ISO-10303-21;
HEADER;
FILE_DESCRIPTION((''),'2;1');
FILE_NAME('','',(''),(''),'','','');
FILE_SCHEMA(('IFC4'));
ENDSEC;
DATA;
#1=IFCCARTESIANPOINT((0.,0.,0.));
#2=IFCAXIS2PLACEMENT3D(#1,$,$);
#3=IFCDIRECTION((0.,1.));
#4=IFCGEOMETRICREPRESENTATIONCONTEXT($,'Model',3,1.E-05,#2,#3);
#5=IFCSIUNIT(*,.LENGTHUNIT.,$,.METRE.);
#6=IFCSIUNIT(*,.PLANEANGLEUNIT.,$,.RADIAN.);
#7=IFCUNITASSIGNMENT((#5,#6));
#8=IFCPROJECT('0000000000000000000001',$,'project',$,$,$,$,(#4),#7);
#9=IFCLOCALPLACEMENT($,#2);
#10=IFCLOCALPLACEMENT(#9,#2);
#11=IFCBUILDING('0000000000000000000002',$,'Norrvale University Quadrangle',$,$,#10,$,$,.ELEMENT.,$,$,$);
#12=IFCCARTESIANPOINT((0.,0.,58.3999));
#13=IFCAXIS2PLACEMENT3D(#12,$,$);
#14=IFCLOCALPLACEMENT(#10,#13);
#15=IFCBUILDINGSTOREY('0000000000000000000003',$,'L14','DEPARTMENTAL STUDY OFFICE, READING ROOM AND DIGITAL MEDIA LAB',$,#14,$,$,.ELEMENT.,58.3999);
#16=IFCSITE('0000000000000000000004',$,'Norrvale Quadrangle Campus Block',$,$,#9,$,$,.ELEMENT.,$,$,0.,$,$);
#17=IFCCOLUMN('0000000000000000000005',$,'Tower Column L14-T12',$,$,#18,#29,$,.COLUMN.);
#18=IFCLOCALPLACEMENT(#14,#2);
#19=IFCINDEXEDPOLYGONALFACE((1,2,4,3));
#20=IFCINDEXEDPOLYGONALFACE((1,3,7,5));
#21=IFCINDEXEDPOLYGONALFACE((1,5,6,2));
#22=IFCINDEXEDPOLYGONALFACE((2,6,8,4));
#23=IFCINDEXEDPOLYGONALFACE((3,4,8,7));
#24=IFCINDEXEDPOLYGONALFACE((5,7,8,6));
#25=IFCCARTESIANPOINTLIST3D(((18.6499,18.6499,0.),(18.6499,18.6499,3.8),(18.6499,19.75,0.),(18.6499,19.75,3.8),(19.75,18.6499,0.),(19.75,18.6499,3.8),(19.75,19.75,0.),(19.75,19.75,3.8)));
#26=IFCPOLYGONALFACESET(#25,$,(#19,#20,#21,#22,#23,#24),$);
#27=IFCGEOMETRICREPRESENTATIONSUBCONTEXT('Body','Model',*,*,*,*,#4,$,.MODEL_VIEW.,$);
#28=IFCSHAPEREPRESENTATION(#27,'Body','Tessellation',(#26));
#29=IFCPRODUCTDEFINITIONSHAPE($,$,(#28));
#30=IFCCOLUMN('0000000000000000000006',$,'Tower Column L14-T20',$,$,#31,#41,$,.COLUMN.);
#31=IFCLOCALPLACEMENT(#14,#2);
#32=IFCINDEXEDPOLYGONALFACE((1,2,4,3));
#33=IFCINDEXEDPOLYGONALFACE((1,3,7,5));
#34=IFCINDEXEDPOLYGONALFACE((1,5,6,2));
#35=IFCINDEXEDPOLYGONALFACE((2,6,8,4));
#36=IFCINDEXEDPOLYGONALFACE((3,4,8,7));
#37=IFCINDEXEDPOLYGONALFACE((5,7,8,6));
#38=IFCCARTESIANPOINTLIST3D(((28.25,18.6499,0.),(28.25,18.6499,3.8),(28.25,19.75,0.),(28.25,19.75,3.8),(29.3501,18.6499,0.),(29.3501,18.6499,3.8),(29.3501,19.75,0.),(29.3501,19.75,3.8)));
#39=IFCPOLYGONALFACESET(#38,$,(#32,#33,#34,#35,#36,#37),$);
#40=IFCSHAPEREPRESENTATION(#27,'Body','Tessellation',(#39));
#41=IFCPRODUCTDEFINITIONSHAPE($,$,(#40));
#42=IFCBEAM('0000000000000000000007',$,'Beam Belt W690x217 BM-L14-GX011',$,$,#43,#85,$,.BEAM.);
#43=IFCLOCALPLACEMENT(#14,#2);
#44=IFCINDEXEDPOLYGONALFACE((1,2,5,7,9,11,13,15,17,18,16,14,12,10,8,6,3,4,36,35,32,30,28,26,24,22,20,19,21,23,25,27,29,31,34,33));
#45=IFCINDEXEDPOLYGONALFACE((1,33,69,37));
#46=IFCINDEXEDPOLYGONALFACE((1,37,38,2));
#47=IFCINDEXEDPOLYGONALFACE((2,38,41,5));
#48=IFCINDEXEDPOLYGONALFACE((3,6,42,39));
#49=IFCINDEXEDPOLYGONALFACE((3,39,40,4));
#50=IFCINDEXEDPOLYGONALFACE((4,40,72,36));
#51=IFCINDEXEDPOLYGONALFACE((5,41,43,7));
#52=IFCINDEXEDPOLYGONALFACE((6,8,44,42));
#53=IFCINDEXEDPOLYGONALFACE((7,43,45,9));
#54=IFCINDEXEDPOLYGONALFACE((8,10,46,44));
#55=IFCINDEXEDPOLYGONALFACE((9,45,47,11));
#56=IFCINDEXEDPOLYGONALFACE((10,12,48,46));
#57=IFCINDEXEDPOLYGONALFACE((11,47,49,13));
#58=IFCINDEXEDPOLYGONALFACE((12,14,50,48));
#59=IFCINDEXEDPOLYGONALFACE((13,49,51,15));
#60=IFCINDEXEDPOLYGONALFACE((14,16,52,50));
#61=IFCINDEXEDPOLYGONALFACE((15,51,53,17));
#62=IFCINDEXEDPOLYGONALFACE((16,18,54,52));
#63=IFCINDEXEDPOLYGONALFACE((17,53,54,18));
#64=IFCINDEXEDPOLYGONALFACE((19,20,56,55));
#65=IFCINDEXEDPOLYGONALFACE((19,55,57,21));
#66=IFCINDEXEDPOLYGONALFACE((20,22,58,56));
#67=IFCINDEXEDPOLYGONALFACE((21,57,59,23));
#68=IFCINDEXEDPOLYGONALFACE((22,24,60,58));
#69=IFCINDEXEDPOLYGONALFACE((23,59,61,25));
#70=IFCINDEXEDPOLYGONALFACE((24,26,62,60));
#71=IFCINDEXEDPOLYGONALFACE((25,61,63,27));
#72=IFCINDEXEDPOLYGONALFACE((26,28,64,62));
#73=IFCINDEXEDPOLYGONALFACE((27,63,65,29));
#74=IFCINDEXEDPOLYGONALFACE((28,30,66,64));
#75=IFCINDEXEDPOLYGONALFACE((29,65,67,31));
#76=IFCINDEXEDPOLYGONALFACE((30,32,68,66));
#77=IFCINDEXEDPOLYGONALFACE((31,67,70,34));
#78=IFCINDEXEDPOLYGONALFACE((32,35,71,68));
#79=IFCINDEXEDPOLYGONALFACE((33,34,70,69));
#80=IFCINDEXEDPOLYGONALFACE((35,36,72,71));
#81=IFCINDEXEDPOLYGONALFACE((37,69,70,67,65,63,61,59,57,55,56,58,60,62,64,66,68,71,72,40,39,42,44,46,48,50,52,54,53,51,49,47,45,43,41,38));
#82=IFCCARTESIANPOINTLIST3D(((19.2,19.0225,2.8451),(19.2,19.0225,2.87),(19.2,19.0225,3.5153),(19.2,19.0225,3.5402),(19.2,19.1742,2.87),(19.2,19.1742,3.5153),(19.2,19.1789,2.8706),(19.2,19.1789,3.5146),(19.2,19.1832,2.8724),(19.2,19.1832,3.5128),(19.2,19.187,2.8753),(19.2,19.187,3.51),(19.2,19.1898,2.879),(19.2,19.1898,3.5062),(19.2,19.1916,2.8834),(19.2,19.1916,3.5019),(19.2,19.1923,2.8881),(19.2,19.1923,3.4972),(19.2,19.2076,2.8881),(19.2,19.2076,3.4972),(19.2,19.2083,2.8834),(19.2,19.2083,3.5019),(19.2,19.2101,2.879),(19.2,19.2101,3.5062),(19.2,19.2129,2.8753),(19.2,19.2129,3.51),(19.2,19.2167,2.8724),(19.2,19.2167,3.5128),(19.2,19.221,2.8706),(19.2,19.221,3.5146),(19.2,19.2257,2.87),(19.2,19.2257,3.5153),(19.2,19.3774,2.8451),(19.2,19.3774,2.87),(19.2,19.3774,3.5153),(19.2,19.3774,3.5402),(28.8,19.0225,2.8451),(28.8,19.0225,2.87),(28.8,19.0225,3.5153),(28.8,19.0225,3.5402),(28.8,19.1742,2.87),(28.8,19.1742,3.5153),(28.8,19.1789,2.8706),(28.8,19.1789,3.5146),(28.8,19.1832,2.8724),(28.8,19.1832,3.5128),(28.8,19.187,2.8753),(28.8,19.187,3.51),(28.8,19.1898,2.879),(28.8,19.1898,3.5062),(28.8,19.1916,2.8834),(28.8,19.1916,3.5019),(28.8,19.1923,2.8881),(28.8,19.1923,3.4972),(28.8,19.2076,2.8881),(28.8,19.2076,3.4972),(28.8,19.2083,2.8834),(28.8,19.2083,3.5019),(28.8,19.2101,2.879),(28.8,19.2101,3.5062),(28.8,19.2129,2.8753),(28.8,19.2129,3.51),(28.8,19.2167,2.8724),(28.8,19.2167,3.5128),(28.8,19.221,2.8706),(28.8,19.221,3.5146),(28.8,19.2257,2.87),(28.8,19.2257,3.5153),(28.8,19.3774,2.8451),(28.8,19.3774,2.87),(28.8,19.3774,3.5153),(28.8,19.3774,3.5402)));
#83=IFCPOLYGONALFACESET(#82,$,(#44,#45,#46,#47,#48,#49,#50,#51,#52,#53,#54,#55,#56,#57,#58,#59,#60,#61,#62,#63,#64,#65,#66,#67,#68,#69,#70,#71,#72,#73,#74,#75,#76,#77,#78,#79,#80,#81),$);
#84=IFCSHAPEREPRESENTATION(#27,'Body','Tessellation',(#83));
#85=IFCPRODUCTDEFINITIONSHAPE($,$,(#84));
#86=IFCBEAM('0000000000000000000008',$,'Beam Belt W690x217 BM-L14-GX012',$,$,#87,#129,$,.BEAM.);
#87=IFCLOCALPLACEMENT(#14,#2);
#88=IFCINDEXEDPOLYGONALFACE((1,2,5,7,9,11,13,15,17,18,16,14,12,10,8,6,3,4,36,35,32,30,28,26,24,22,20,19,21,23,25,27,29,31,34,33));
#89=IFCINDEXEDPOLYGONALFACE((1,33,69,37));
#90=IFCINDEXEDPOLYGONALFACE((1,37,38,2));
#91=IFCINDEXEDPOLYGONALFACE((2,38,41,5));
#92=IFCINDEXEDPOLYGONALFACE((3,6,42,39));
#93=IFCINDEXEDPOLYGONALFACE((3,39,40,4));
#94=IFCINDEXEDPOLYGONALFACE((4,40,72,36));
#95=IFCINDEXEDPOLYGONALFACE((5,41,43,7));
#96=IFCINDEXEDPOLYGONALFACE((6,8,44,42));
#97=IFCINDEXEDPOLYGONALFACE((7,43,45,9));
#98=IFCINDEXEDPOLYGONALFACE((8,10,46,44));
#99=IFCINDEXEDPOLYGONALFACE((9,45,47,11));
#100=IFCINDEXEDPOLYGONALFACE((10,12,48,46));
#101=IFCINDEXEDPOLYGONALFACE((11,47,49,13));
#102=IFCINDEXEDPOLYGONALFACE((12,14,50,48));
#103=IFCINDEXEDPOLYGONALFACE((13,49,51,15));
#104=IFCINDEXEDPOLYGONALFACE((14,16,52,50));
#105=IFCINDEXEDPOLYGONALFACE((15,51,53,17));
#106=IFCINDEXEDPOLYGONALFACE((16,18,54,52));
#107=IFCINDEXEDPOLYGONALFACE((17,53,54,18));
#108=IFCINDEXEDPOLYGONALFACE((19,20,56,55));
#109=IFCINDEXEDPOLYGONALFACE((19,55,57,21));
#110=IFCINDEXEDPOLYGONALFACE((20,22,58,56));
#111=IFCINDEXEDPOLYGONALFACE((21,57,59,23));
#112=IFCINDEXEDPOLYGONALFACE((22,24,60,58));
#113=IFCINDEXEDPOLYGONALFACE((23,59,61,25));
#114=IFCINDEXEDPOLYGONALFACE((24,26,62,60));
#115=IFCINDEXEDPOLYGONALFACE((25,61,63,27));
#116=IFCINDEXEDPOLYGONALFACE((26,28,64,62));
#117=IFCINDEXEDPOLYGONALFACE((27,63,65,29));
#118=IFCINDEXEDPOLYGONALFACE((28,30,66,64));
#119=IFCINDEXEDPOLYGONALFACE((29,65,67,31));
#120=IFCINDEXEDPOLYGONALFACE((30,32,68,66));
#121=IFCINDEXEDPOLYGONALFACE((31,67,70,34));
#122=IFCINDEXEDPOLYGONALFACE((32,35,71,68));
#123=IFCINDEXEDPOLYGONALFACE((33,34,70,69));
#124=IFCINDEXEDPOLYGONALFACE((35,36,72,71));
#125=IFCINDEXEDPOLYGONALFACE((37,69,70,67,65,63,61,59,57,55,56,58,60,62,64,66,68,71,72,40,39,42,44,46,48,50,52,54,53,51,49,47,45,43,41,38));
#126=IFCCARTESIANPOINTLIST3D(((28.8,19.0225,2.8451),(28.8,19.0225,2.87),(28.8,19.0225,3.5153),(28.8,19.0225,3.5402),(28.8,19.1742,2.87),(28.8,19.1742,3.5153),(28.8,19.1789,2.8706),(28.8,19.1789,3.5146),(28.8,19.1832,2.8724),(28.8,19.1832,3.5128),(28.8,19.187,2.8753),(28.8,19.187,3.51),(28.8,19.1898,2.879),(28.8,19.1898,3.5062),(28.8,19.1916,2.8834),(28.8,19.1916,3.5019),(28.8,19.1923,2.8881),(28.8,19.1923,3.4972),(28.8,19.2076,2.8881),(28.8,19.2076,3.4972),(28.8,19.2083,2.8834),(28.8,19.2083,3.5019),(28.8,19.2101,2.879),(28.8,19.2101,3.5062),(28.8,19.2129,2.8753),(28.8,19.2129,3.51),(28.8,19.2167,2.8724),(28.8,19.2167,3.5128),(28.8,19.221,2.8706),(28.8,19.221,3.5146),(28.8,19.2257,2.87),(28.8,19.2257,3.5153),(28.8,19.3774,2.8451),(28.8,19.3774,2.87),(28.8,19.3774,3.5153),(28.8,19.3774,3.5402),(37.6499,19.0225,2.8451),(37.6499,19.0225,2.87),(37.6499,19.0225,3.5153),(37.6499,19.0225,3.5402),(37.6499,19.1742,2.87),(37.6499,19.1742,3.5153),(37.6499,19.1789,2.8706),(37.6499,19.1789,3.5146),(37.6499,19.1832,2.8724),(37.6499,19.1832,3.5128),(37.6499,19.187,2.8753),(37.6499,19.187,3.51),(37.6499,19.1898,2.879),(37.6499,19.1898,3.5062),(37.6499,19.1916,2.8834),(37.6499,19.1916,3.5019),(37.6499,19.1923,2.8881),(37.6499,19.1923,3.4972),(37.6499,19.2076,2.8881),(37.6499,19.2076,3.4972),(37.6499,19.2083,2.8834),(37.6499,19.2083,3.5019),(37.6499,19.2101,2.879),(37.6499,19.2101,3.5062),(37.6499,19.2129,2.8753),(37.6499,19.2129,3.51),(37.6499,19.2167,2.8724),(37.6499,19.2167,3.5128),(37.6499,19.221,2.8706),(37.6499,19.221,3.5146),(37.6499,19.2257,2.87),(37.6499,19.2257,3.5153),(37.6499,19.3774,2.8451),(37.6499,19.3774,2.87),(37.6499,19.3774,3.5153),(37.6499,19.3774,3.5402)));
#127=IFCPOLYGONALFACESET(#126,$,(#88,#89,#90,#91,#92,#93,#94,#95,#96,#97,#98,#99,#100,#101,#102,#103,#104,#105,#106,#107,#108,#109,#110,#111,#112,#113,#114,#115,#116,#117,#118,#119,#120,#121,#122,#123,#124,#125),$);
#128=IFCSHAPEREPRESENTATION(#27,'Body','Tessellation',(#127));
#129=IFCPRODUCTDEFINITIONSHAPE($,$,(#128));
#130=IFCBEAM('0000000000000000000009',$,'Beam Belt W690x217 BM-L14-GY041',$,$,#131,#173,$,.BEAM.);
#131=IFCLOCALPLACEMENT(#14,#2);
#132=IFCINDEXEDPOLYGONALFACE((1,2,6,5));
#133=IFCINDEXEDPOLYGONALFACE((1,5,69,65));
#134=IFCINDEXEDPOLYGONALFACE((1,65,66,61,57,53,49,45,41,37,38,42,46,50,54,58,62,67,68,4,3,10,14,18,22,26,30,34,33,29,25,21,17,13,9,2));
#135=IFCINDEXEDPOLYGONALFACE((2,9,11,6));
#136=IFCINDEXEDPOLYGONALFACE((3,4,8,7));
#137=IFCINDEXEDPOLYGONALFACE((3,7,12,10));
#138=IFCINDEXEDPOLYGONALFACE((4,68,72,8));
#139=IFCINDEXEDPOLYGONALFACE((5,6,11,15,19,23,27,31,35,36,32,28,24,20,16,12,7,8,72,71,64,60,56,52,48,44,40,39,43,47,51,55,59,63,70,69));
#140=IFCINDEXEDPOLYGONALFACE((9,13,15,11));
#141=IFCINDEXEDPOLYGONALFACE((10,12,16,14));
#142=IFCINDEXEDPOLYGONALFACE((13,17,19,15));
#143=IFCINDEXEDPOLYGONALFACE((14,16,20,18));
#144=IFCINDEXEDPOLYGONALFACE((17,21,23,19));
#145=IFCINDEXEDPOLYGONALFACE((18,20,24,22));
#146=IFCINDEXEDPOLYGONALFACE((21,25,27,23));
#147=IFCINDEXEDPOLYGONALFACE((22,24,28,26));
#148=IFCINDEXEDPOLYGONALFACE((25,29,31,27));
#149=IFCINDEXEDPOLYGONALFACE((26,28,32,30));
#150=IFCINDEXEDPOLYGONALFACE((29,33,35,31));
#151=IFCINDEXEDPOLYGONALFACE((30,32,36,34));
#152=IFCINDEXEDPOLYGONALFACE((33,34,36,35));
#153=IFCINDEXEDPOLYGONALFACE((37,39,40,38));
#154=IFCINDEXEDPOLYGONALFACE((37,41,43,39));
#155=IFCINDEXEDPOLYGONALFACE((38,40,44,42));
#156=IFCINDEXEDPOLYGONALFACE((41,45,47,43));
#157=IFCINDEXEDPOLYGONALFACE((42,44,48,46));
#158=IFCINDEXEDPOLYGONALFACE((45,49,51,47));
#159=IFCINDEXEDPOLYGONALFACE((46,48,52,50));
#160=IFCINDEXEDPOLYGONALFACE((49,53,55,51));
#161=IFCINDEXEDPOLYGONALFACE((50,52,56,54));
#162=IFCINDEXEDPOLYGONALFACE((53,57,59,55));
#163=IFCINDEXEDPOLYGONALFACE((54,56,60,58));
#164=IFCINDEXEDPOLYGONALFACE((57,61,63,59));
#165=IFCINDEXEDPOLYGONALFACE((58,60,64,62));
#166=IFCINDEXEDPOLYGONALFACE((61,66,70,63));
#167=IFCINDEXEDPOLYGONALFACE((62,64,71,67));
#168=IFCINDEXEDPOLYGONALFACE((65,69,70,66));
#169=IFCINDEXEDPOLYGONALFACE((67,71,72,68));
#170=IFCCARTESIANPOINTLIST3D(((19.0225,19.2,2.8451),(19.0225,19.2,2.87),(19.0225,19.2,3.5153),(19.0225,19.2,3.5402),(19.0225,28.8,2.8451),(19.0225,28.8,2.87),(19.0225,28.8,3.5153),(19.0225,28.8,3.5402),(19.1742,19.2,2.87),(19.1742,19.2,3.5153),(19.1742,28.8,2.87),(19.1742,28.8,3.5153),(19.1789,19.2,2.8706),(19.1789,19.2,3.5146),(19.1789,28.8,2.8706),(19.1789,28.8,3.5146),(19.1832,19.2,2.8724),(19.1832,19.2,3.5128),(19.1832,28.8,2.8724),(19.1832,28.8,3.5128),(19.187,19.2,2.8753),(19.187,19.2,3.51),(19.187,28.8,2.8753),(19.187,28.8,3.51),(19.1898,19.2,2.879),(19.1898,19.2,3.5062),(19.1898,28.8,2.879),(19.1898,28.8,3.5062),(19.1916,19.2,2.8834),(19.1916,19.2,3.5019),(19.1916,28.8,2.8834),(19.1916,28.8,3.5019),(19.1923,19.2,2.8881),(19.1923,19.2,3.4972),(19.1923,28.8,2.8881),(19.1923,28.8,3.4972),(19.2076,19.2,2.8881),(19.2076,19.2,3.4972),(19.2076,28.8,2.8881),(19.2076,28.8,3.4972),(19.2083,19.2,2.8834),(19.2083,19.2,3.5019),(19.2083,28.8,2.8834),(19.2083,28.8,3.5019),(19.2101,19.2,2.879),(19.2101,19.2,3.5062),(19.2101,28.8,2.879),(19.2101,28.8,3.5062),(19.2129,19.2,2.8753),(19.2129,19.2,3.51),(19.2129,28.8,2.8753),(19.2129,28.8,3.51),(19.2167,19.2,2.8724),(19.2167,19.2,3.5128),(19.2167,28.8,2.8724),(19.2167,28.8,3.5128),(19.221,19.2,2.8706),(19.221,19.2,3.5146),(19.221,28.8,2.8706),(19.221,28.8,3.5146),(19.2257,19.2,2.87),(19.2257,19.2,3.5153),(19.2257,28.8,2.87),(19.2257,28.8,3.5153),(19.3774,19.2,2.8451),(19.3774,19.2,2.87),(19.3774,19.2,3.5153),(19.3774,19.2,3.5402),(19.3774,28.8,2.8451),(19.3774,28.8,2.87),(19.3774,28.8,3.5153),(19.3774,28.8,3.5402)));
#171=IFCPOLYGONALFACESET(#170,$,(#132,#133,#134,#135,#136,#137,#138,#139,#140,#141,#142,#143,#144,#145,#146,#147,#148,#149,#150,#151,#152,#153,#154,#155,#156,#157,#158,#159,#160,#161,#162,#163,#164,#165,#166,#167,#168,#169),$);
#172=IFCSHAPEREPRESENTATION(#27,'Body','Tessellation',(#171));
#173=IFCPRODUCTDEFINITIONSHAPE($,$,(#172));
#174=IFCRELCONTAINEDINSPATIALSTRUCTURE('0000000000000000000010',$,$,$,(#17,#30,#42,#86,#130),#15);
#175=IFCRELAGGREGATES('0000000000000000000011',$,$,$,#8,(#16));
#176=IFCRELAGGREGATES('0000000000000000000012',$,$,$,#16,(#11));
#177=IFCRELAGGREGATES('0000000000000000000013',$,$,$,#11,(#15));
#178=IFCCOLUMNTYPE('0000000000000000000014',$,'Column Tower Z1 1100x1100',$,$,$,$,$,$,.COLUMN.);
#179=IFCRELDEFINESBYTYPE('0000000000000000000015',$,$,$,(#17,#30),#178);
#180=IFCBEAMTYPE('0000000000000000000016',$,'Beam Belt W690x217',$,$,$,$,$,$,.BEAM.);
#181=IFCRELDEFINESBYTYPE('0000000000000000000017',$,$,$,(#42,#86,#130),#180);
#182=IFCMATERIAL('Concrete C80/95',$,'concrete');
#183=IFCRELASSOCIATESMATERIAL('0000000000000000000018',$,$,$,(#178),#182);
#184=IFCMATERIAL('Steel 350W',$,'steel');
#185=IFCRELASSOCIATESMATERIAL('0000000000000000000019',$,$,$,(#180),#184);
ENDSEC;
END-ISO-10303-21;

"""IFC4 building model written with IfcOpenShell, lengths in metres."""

from ifc_helpers import new_model, si_unit, direction, frame, origin, origin_2d, place, context, subcontext, project, spatial, rectangle, i_section, extrude, material, material_profile, profile_set, type_object, element, save


model = new_model("IFC4")

# Units and contexts
model_context = context("Model", 3, precision=1e-05, world=origin(), true_north=direction((0.0, 1.0)))
body_context = subcontext(model_context, "Body", "Model", "MODEL_VIEW")
ifc_project = project(units=[si_unit("LENGTHUNIT", "METRE"), si_unit("PLANEANGLEUNIT", "RADIAN")], contexts=[model_context])

# Site, building, storey
site_placement = place(None, origin())
site = spatial("IfcSite", under=ifc_project, at=site_placement, Name="Norrvale Quadrangle Campus Block", CompositionType="ELEMENT", RefElevation=0.0)
building_placement = place(site_placement, origin())
building = spatial("IfcBuilding", under=site, at=building_placement, Name="Norrvale University Quadrangle", CompositionType="ELEMENT")
storey_placement = place(building_placement, frame((0.0, 0.0, 58.3999)))
storey = spatial("IfcBuildingStorey", under=building, at=storey_placement, Name="L14", Description="DEPARTMENTAL STUDY OFFICE, READING ROOM AND DIGITAL MEDIA LAB", CompositionType="ELEMENT", Elevation=58.3999)

# Columns
ifc_material_1 = material(Name="Concrete C80/95", Category="concrete")
ifc_material_profile_1 = material_profile(ifc_material_1, rectangle(XDim=1.1001, YDim=1.1001, at=origin_2d()), Name="Concrete C80/95")
ifc_profile_set_1 = profile_set([ifc_material_profile_1], Name="Concrete C80/95")
column_type = type_object("IfcColumnType", Name="Column Tower Z1 1100x1100", PredefinedType="COLUMN", material=ifc_profile_set_1)
for number, where, z_axis, x_axis, name in (
    (1, (19.2, 19.2, 0.0), (0.0, 0.0, 1.0), (1.0, 0.0, 0.0), "Tower Column L14-T12"),
    (2, (28.8, 19.2, 0.0), (0.0, 0.0, 1.0), (1.0, 0.0, 0.0), "Tower Column L14-T20"),
):
    element("IfcColumn", number, at=place(storey_placement, frame(where, z_axis=z_axis, x_axis=x_axis)), inside=storey, type_object=column_type, Name=name, PredefinedType="COLUMN", context=body_context, shape_type="SweptSolid", body=[
        extrude(rectangle(XDim=1.1001, YDim=1.1001, at=origin_2d()), origin(), (0.0, 0.0, 1.0), 3.8),
    ])

# Beams
ifc_material_2 = material(Name="Steel 350W", Category="steel")
ifc_material_profile_2 = material_profile(ifc_material_2, i_section(OverallWidth=0.355, OverallDepth=0.6951, WebThickness=0.0154, FlangeThickness=0.0249, FilletRadius=0.0181, at=origin_2d()), Name="Steel 350W")
ifc_profile_set_2 = profile_set([ifc_material_profile_2], Name="Steel 350W")
beam_type_1 = type_object("IfcBeamType", Name="Beam Belt W690x217", PredefinedType="BEAM", material=ifc_profile_set_2)
beam_1_placement = place(storey_placement, frame((19.2, 19.2, 3.1926), z_axis=(1.0, 0.0, 0.0), x_axis=(0.0, 1.0, 0.0)))
element("IfcBeam", 3, at=beam_1_placement, inside=storey, type_object=beam_type_1, Name="Beam Belt W690x217 BM-L14-GX011", PredefinedType="BEAM", context=body_context, shape_type="SweptSolid", body=[
    extrude(i_section(OverallWidth=0.355, OverallDepth=0.6951, WebThickness=0.0154, FlangeThickness=0.0249, FilletRadius=0.0181, at=origin_2d()), origin(), (0.0, 0.0, 1.0), 9.6001),
])
beam_2_placement = place(storey_placement, frame((28.8, 19.2, 3.1926), z_axis=(1.0, 0.0, 0.0), x_axis=(0.0, 1.0, 0.0)))
element("IfcBeam", 4, at=beam_2_placement, inside=storey, type_object=beam_type_1, Name="Beam Belt W690x217 BM-L14-GX012", PredefinedType="BEAM", context=body_context, shape_type="SweptSolid", body=[
    extrude(i_section(OverallWidth=0.355, OverallDepth=0.6951, WebThickness=0.0154, FlangeThickness=0.0249, FilletRadius=0.0181, at=origin_2d()), origin(), (0.0, 0.0, 1.0), 8.8499),
])
for number, where, z_axis, x_axis, name in (
    (5, (19.2, 19.2, 3.1926), (0.0, 1.0, 0.0), (-1.0, 0.0, 0.0), "Beam Belt W690x217 BM-L14-GY041"),
):
    element("IfcBeam", number, at=place(storey_placement, frame(where, z_axis=z_axis, x_axis=x_axis)), inside=storey, type_object=beam_type_1, Name=name, PredefinedType="BEAM", context=body_context, shape_type="SweptSolid", body=[
        extrude(i_section(OverallWidth=0.355, OverallDepth=0.6951, WebThickness=0.0154, FlangeThickness=0.0249, FilletRadius=0.0181, at=origin_2d()), origin(), (0.0, 0.0, 1.0), 9.6001),
    ])

save(model, "model.ifc")
